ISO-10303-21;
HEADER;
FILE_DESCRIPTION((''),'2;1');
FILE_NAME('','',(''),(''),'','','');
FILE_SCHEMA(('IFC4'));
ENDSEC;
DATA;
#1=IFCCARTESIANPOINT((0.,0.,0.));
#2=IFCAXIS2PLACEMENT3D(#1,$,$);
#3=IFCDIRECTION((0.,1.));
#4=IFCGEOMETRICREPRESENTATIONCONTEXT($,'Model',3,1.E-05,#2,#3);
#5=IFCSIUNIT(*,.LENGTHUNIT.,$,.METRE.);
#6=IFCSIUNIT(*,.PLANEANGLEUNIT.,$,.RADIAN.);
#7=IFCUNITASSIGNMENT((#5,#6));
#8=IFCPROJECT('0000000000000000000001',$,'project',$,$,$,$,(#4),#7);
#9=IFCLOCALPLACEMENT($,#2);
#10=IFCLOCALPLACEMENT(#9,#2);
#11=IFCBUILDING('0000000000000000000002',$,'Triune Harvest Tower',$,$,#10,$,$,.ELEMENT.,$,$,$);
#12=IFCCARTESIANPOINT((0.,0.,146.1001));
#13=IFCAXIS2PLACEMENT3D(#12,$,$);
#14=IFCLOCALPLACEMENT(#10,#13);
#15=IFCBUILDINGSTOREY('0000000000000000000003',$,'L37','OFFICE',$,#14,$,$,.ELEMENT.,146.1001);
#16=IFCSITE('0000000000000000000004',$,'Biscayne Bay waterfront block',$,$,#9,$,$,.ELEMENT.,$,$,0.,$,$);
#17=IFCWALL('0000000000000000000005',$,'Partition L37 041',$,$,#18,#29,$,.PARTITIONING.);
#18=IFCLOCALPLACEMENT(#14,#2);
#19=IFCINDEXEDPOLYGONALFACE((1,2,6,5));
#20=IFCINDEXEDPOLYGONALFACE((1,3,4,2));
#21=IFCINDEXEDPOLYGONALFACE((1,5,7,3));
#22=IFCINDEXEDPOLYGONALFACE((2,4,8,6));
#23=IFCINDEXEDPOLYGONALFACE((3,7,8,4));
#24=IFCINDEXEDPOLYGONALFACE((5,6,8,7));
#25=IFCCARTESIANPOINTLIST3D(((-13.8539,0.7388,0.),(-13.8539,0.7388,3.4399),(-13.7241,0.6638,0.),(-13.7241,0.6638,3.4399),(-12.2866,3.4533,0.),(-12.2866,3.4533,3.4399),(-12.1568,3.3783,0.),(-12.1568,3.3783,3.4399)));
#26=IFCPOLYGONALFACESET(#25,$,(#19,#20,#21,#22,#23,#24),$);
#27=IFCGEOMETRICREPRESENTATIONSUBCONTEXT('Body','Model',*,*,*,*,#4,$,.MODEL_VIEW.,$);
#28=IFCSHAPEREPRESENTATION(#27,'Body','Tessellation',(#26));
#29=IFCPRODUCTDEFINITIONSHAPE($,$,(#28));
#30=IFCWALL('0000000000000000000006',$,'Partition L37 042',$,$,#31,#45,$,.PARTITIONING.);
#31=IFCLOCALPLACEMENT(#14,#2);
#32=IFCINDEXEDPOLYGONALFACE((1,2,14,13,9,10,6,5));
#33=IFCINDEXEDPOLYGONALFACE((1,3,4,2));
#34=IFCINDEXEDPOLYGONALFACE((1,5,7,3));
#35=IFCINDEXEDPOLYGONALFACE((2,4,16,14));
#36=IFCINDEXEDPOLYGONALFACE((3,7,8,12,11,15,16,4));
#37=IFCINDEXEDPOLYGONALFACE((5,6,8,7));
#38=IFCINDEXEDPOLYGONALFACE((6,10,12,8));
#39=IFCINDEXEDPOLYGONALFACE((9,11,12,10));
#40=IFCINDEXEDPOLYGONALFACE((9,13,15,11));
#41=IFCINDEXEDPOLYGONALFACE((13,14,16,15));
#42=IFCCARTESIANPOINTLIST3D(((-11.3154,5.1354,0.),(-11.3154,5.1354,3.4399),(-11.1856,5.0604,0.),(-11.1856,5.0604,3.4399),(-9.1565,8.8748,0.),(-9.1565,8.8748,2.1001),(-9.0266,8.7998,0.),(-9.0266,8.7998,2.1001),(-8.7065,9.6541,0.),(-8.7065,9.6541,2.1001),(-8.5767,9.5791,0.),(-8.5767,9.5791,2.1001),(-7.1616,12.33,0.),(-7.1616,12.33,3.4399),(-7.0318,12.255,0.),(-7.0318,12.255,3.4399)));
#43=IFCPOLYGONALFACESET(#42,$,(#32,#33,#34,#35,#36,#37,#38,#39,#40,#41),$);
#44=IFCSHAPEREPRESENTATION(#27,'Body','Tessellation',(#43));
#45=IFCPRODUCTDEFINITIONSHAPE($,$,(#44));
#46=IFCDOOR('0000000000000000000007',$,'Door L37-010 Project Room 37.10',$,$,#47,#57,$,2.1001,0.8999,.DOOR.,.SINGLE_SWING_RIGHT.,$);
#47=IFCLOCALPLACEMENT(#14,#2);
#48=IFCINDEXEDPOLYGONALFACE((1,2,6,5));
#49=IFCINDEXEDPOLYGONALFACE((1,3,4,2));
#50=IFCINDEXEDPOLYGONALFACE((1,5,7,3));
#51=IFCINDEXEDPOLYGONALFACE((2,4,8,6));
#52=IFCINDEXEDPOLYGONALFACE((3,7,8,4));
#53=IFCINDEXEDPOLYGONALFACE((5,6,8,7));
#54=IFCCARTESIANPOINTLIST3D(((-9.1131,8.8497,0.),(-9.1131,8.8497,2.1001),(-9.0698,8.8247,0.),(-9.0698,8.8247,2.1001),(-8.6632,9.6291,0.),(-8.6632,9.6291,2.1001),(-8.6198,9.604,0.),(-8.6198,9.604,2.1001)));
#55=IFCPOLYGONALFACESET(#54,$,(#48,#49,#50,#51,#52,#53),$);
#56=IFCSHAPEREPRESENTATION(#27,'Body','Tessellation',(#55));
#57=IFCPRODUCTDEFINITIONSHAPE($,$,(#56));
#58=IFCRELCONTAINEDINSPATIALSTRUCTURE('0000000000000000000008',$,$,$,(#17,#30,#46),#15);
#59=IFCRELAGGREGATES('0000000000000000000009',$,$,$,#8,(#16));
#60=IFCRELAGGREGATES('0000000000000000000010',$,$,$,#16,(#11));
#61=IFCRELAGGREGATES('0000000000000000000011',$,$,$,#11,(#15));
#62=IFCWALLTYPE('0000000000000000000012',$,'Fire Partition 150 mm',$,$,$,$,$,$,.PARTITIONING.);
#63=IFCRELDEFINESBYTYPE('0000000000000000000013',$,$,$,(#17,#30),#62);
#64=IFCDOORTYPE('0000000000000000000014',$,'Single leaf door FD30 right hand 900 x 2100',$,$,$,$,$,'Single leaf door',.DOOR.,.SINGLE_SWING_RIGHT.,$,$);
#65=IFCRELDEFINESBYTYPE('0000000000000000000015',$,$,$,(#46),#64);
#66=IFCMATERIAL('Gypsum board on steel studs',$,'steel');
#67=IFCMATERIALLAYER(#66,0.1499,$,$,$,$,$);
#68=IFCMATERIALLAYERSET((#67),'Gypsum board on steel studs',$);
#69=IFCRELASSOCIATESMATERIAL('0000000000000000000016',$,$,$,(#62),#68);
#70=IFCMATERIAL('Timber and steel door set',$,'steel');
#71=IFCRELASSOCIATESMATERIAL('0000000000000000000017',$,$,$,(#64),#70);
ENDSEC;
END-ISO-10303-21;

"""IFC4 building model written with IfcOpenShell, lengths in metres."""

from ifc_helpers import new_model, si_unit, direction, frame, frame_2d, origin, place, context, subcontext, project, spatial, rectangle, extrude, source, transform, mapped, material, layer, layer_set, type_object, element, fill, save


model = new_model("IFC4")

# Units and contexts
model_context = context("Model", 3, precision=1e-05, world=origin(), true_north=direction((0.0, 1.0)))
body_context = subcontext(model_context, "Body", "Model", "MODEL_VIEW")
ifc_project = project(units=[si_unit("LENGTHUNIT", "METRE"), si_unit("PLANEANGLEUNIT", "RADIAN")], contexts=[model_context])

# Site, building, storey
site_placement = place(None, origin())
site = spatial("IfcSite", under=ifc_project, at=site_placement, Name="Biscayne Bay waterfront block", CompositionType="ELEMENT", RefElevation=0.0)
building_placement = place(site_placement, origin())
building = spatial("IfcBuilding", under=site, at=building_placement, Name="Triune Harvest Tower", CompositionType="ELEMENT")
storey_placement = place(building_placement, frame((0.0, 0.0, 146.1001)))
storey = spatial("IfcBuildingStorey", under=building, at=storey_placement, Name="L37", Description="OFFICE", CompositionType="ELEMENT", Elevation=146.1001)

# Shared definitions
ifc_material_1 = material(Name="Gypsum board on steel studs", Category="steel")
ifc_layer_1 = layer(ifc_material_1, 0.1499)
ifc_layer_set_1 = layer_set([ifc_layer_1], Name="Gypsum board on steel studs")
wall_type_1 = type_object("IfcWallType", Name="Fire Partition 150 mm", PredefinedType="PARTITIONING", material=ifc_layer_set_1)

# Wall
shared_shape_1 = source(origin(), body_context, "Body", "SweptSolid", [
    extrude(rectangle(XDim=3.1345, YDim=0.1499, at=frame_2d((1.5674, 0.0))), origin(), (0.0, 0.0, 1.0), 3.4399),
])
wall_1_placement = place(storey_placement, frame((-13.7891, 0.7012, 0.0), z_axis=(0.0, 0.0, 1.0), x_axis=(0.500026, 0.86601, 0.0)))
element("IfcWall", 1, at=wall_1_placement, inside=storey, type_object=wall_type_1, Name="Partition L37 041", PredefinedType="PARTITIONING", context=body_context, shape_type="MappedRepresentation", body=[
    mapped(shared_shape_1, transform((0.0, 0.0, 0.0), scale=1.0)),
])

# Wall, opening, door
shared_shape_2 = source(origin(), body_context, "Body", "SweptSolid", [
    extrude(rectangle(XDim=8.3076, YDim=0.1499, at=frame_2d((4.1538, 0.0))), origin(), (0.0, 0.0, 1.0), 3.4399),
])
wall_2_placement = place(storey_placement, frame((-11.2505, 5.0979, 0.0), z_axis=(0.0, 0.0, 1.0), x_axis=(0.500001, 0.866025, 0.0)))
wall_2 = element("IfcWall", 2, at=wall_2_placement, inside=storey, type_object=wall_type_1, Name="Partition L37 042", PredefinedType="PARTITIONING", context=body_context, shape_type="MappedRepresentation", body=[
    mapped(shared_shape_2, transform((0.0, 0.0, 0.0), scale=1.0)),
])
opening_1_placement = place(wall_2_placement, frame((4.3179, 0.0, 0.0)))
opening_1 = element("IfcOpeningElement", 3, at=opening_1_placement, cuts=wall_2, PredefinedType="OPENING", context=body_context, shape_type="SweptSolid", body=[
    extrude(rectangle(XDim=0.8999, YDim=2.1001, at=frame_2d((0.45, 1.05))), frame((0.0, 0.085, 0.0), z_axis=(0.0, -1.0, 0.0), x_axis=(1.0, 0.0, 0.0)), (0.0, 0.0, 1.0), 0.1699),
])
ifc_material_2 = material(Name="Timber and steel door set", Category="steel")
door_type_1 = type_object("IfcDoorType", Name="Single leaf door FD30 right hand 900 x 2100", ElementType="Single leaf door", OperationType="SINGLE_SWING_RIGHT", PredefinedType="DOOR", material=ifc_material_2)
door_1_placement = place(opening_1_placement, origin())
door_1 = element("IfcDoor", 4, at=door_1_placement, inside=storey, type_object=door_type_1, Name="Door L37-010 Project Room 37.10", OperationType="SINGLE_SWING_RIGHT", OverallHeight=2.1001, OverallWidth=0.8999, PredefinedType="DOOR", context=body_context, shape_type="SweptSolid", body=[
    extrude(rectangle(XDim=0.8999, YDim=2.1001, at=frame_2d((0.45, 1.05))), frame((0.0, 0.0249, 0.0), z_axis=(0.0, -1.0, 0.0), x_axis=(1.0, 0.0, 0.0)), (0.0, 0.0, 1.0), 0.05),
])
fill(opening_1, door_1)

save(model, "model.ifc")
